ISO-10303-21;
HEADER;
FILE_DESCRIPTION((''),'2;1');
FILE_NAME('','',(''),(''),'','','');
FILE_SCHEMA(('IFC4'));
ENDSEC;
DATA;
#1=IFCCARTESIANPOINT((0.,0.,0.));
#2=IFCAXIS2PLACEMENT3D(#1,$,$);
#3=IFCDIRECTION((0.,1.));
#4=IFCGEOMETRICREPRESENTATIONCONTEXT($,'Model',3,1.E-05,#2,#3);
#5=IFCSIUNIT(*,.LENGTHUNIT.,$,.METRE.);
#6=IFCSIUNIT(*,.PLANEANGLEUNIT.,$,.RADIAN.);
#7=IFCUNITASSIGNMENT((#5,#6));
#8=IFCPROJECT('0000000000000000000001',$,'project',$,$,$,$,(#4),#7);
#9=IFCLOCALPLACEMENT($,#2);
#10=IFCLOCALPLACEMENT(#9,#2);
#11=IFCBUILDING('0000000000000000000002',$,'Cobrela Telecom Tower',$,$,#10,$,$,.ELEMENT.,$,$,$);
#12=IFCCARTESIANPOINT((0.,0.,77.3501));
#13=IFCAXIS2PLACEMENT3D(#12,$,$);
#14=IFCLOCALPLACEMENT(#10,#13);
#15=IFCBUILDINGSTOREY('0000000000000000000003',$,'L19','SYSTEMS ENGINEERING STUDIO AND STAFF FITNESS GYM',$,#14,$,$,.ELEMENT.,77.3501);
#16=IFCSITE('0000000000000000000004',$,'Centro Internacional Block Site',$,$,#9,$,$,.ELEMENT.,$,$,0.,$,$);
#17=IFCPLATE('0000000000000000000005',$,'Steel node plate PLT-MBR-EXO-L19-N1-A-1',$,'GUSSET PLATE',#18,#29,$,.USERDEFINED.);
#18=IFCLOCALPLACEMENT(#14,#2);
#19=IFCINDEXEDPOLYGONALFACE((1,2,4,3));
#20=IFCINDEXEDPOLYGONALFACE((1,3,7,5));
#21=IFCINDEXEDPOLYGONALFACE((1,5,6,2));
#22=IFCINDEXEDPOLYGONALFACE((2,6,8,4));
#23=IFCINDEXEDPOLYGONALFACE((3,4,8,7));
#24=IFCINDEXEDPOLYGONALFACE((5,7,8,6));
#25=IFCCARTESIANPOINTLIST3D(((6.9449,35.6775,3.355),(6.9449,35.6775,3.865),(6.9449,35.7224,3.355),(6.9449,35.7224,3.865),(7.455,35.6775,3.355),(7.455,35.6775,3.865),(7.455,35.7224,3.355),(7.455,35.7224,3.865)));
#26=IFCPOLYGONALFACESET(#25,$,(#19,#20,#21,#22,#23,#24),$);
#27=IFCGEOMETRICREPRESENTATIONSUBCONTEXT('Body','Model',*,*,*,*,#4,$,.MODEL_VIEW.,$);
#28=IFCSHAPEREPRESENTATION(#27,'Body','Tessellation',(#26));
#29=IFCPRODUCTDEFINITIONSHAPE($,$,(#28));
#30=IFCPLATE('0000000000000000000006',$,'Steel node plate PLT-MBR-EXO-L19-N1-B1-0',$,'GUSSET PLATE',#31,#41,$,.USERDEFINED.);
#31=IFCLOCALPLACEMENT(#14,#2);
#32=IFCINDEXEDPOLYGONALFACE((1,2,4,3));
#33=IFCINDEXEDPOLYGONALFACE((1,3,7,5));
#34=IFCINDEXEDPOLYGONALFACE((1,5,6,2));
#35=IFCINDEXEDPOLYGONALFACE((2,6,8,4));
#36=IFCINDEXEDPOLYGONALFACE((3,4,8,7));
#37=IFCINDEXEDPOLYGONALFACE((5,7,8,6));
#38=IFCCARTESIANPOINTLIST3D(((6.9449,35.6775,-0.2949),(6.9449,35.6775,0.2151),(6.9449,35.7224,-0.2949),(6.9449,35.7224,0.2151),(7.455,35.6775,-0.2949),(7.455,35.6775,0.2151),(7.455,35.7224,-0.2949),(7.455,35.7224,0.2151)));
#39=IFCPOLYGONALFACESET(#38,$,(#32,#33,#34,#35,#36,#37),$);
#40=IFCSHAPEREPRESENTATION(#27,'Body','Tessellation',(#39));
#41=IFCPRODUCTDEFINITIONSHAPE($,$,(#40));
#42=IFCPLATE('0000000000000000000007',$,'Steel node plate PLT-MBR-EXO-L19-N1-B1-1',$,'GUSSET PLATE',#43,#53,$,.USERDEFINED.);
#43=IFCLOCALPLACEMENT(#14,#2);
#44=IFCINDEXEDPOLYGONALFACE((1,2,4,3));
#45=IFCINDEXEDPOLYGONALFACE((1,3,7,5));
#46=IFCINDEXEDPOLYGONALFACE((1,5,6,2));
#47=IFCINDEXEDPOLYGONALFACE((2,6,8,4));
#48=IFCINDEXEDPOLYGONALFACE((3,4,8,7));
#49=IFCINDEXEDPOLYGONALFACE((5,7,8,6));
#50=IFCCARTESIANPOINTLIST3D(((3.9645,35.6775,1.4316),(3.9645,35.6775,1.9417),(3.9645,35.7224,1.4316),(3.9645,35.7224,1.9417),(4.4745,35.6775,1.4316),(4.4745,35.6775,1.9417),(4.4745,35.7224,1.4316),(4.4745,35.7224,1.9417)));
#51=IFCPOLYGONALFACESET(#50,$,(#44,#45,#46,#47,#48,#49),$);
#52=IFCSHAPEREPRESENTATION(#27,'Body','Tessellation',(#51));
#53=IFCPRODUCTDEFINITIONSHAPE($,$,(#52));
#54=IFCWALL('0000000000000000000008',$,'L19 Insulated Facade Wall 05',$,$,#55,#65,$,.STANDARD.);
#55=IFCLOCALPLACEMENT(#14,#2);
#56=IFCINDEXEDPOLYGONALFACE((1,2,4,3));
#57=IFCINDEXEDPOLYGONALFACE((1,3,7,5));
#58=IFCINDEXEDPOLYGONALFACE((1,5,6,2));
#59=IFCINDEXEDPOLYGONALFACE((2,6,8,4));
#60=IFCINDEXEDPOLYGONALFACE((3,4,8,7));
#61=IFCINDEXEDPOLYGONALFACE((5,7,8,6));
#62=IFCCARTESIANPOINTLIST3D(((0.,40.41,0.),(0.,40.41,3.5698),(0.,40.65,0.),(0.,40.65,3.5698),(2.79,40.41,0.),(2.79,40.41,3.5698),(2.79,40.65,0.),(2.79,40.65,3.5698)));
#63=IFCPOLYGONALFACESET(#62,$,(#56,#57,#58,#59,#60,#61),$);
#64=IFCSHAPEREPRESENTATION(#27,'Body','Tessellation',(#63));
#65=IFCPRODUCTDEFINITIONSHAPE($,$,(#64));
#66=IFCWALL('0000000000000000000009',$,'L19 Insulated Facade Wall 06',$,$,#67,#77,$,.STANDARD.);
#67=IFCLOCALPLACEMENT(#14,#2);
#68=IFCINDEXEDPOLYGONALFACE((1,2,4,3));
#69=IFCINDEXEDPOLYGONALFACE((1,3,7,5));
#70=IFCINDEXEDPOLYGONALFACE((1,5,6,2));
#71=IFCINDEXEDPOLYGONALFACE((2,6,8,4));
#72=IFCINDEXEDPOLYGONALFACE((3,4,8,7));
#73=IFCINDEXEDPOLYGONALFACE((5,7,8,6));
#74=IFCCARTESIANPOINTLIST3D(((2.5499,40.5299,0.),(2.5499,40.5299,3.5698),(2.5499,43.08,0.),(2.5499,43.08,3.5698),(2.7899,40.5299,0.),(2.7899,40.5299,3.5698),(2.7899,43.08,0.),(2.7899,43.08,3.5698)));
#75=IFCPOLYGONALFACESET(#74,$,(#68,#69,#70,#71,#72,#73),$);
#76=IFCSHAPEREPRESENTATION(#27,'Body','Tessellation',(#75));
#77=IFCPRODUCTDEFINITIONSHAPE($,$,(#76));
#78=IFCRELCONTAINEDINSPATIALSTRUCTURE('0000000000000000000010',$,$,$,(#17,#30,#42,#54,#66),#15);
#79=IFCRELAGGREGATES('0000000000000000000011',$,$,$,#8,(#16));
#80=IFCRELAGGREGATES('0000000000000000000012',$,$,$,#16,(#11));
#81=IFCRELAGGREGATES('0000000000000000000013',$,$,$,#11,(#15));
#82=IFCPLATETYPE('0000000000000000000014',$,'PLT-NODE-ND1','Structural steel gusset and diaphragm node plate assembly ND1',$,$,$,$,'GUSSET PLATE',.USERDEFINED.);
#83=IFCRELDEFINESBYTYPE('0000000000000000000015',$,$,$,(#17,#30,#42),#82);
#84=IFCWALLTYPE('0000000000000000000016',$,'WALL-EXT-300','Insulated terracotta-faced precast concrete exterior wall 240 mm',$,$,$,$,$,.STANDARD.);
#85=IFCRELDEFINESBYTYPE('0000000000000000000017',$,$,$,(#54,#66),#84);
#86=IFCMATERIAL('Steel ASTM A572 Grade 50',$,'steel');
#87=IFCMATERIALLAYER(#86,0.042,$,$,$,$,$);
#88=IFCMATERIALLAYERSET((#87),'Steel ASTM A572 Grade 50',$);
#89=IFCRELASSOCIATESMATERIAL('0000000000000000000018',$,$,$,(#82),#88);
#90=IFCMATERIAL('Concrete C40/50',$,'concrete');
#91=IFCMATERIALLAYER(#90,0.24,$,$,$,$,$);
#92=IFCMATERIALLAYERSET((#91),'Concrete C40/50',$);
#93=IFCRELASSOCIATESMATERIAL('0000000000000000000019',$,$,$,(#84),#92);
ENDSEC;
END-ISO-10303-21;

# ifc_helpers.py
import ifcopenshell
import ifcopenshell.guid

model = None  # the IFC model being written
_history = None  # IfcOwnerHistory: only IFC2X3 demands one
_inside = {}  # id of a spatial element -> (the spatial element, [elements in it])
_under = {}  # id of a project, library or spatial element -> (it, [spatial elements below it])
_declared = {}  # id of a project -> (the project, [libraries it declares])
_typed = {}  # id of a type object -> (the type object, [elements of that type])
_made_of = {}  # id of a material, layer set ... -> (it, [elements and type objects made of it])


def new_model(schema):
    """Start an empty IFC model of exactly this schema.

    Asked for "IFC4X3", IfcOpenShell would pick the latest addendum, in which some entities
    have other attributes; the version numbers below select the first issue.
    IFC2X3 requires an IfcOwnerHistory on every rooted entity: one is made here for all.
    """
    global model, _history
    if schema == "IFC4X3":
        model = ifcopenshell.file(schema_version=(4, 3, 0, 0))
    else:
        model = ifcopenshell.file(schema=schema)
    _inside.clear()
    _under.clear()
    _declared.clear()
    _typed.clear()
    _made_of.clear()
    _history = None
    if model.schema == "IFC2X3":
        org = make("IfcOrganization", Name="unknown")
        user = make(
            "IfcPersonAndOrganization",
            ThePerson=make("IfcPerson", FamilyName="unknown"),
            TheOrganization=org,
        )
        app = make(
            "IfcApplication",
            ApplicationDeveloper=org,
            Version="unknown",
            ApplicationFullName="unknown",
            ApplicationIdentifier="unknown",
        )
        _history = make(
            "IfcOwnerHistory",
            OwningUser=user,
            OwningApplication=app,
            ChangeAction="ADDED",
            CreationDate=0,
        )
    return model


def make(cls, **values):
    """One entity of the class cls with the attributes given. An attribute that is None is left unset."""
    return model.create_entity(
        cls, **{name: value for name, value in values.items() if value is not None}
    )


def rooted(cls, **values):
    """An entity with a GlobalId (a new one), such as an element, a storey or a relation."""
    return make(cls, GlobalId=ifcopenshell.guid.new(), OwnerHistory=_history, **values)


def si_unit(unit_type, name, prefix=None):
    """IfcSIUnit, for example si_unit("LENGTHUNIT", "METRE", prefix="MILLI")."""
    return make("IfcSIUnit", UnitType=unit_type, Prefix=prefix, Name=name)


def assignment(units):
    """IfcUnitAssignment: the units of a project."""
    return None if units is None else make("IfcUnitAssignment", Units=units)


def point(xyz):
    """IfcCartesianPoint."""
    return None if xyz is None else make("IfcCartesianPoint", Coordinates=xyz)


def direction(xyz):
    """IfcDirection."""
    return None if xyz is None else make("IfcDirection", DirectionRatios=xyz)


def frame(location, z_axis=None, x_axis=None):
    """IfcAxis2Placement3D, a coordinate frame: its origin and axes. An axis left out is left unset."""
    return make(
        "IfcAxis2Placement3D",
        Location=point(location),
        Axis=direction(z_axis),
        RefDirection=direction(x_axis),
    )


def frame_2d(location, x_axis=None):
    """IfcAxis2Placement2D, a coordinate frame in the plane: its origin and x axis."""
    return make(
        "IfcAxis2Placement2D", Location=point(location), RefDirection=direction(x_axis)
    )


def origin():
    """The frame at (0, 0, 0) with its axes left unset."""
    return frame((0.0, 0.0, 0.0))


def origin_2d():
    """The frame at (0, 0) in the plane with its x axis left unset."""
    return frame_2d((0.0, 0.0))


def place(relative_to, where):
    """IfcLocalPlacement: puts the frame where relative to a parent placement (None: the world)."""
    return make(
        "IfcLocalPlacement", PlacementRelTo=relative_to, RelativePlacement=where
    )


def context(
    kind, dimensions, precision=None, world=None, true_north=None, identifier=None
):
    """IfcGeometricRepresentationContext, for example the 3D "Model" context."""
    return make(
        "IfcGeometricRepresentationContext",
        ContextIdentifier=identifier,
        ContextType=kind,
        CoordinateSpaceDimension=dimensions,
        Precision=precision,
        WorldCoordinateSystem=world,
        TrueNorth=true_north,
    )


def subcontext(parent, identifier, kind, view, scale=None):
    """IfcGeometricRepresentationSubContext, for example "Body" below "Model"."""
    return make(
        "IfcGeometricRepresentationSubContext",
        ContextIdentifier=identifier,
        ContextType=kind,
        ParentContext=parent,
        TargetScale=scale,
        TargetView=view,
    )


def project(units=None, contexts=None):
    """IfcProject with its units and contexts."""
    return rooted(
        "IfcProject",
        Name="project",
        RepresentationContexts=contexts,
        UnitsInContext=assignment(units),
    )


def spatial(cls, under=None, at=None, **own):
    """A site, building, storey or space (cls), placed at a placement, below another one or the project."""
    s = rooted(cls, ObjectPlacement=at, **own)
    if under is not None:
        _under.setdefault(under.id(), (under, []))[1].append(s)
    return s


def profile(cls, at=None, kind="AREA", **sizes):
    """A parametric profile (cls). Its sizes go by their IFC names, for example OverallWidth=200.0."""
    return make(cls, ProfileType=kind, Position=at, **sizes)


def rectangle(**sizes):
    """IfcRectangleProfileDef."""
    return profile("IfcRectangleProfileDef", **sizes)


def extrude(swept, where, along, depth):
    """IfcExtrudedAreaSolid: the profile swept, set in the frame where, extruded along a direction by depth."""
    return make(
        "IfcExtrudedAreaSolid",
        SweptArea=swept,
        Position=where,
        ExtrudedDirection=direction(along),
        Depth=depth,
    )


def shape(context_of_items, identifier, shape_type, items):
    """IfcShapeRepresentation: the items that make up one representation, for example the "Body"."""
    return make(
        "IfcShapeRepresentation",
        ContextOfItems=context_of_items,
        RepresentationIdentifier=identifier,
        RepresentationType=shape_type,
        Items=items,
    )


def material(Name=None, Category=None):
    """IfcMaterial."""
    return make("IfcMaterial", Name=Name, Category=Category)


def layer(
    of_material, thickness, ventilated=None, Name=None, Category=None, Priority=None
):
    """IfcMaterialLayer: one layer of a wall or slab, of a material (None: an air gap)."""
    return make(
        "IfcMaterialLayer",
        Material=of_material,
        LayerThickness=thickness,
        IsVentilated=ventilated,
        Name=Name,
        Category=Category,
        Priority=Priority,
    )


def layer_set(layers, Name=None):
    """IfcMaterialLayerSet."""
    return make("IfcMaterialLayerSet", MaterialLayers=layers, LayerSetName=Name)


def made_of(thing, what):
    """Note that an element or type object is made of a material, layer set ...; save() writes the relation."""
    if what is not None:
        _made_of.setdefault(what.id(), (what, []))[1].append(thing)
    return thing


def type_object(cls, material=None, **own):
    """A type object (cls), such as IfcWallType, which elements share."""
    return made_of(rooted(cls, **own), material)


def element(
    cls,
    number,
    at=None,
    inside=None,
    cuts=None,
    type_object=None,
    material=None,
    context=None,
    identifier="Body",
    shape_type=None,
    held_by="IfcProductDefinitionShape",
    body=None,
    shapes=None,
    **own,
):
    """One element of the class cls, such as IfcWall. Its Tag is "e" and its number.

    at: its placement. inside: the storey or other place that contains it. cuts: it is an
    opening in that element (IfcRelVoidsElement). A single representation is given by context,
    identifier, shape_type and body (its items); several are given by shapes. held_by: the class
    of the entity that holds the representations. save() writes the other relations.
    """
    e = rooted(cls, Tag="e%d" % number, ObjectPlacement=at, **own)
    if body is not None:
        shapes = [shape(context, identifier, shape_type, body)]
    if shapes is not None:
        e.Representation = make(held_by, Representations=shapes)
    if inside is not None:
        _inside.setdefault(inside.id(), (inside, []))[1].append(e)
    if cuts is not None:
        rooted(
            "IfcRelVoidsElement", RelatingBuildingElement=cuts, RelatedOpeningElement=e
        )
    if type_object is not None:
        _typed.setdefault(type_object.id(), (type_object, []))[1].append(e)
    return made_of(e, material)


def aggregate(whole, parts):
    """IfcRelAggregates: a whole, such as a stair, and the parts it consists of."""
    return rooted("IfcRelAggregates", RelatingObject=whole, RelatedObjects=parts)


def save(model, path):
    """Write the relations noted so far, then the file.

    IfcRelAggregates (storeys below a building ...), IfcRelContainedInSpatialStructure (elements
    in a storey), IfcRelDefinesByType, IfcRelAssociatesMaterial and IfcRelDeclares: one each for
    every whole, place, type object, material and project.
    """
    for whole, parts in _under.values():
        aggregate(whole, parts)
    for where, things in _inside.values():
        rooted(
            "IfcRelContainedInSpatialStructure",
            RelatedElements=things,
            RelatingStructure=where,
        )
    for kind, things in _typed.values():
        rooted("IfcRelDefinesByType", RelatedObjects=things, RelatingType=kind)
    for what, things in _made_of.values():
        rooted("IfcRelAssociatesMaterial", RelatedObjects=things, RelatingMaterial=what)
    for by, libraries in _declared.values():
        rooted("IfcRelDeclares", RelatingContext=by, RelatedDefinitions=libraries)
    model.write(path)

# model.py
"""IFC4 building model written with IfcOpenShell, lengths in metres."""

from ifc_helpers import new_model, si_unit, direction, frame, frame_2d, origin, origin_2d, place, context, subcontext, project, spatial, rectangle, extrude, material, layer, layer_set, type_object, element, save


model = new_model("IFC4")

# Units and contexts
model_context = context("Model", 3, precision=1e-05, world=origin(), true_north=direction((0.0, 1.0)))
body_context = subcontext(model_context, "Body", "Model", "MODEL_VIEW")
ifc_project = project(units=[si_unit("LENGTHUNIT", "METRE"), si_unit("PLANEANGLEUNIT", "RADIAN")], contexts=[model_context])

# Site, building, storey
site_placement = place(None, origin())
site = spatial("IfcSite", under=ifc_project, at=site_placement, Name="Centro Internacional Block Site", CompositionType="ELEMENT", RefElevation=0.0)
building_placement = place(site_placement, origin())
building = spatial("IfcBuilding", under=site, at=building_placement, Name="Cobrela Telecom Tower", CompositionType="ELEMENT")
storey_placement = place(building_placement, frame((0.0, 0.0, 77.3501)))
storey = spatial("IfcBuildingStorey", under=building, at=storey_placement, Name="L19", Description="SYSTEMS ENGINEERING STUDIO AND STAFF FITNESS GYM", CompositionType="ELEMENT", Elevation=77.3501)

# Shared definitions
ifc_material_1 = material(Name="Steel ASTM A572 Grade 50", Category="steel")

# Plates
ifc_layer_1 = layer(ifc_material_1, 0.042)
ifc_layer_set_1 = layer_set([ifc_layer_1], Name="Steel ASTM A572 Grade 50")
plate_type_1 = type_object("IfcPlateType", Name="PLT-NODE-ND1", Description="Structural steel gusset and diaphragm node plate assembly ND1", ElementType="GUSSET PLATE", PredefinedType="USERDEFINED", material=ifc_layer_set_1)
for number, where, z_axis, x_axis, name in (
    (1, (7.2, 35.7, 3.355), (0.0, 0.0, 1.0), (1.0, 0.0, 0.0), "Steel node plate PLT-MBR-EXO-L19-N1-A-1"),
    (2, (7.2, 35.7, -0.2949), (0.0, 0.0, 1.0), (-1.0, 0.0, 0.0), "Steel node plate PLT-MBR-EXO-L19-N1-B1-0"),
    (3, (4.2195, 35.7, 1.4316), (0.0, 0.0, 1.0), (-1.0, 0.0, 0.0), "Steel node plate PLT-MBR-EXO-L19-N1-B1-1"),
):
    element("IfcPlate", number, at=place(storey_placement, frame(where, z_axis=z_axis, x_axis=x_axis)), inside=storey, type_object=plate_type_1, Name=name, ObjectType="GUSSET PLATE", PredefinedType="USERDEFINED", context=body_context, shape_type="SweptSolid", body=[
        extrude(rectangle(XDim=0.51, YDim=0.0449, at=origin_2d()), origin(), (0.0, 0.0, 1.0), 0.51),
    ])

# Walls
ifc_material_2 = material(Name="Concrete C40/50", Category="concrete")
ifc_layer_2 = layer(ifc_material_2, 0.24)
ifc_layer_set_2 = layer_set([ifc_layer_2], Name="Concrete C40/50")
wall_type = type_object("IfcWallType", Name="WALL-EXT-300", Description="Insulated terracotta-faced precast concrete exterior wall 240 mm", PredefinedType="STANDARD", material=ifc_layer_set_2)
wall_1_placement = place(storey_placement, frame((0.0, 40.53, 0.0), z_axis=(0.0, 0.0, 1.0), x_axis=(1.0, 0.0, 0.0)))
element("IfcWall", 4, at=wall_1_placement, inside=storey, type_object=wall_type, Name="L19 Insulated Facade Wall 05", PredefinedType="STANDARD", context=body_context, shape_type="SweptSolid", body=[
    extrude(rectangle(XDim=2.79, YDim=0.24, at=frame_2d((1.395, 0.0))), origin(), (0.0, 0.0, 1.0), 3.5698),
])
wall_2_placement = place(storey_placement, frame((2.6699, 40.53, 0.0), z_axis=(0.0, 0.0, 1.0), x_axis=(0.0, 1.0, 0.0)))
element("IfcWall", 5, at=wall_2_placement, inside=storey, type_object=wall_type, Name="L19 Insulated Facade Wall 06", PredefinedType="STANDARD", context=body_context, shape_type="SweptSolid", body=[
    extrude(rectangle(XDim=2.55, YDim=0.24, at=frame_2d((1.2749, 0.0))), origin(), (0.0, 0.0, 1.0), 3.5698),
])

save(model, "model.ifc")
